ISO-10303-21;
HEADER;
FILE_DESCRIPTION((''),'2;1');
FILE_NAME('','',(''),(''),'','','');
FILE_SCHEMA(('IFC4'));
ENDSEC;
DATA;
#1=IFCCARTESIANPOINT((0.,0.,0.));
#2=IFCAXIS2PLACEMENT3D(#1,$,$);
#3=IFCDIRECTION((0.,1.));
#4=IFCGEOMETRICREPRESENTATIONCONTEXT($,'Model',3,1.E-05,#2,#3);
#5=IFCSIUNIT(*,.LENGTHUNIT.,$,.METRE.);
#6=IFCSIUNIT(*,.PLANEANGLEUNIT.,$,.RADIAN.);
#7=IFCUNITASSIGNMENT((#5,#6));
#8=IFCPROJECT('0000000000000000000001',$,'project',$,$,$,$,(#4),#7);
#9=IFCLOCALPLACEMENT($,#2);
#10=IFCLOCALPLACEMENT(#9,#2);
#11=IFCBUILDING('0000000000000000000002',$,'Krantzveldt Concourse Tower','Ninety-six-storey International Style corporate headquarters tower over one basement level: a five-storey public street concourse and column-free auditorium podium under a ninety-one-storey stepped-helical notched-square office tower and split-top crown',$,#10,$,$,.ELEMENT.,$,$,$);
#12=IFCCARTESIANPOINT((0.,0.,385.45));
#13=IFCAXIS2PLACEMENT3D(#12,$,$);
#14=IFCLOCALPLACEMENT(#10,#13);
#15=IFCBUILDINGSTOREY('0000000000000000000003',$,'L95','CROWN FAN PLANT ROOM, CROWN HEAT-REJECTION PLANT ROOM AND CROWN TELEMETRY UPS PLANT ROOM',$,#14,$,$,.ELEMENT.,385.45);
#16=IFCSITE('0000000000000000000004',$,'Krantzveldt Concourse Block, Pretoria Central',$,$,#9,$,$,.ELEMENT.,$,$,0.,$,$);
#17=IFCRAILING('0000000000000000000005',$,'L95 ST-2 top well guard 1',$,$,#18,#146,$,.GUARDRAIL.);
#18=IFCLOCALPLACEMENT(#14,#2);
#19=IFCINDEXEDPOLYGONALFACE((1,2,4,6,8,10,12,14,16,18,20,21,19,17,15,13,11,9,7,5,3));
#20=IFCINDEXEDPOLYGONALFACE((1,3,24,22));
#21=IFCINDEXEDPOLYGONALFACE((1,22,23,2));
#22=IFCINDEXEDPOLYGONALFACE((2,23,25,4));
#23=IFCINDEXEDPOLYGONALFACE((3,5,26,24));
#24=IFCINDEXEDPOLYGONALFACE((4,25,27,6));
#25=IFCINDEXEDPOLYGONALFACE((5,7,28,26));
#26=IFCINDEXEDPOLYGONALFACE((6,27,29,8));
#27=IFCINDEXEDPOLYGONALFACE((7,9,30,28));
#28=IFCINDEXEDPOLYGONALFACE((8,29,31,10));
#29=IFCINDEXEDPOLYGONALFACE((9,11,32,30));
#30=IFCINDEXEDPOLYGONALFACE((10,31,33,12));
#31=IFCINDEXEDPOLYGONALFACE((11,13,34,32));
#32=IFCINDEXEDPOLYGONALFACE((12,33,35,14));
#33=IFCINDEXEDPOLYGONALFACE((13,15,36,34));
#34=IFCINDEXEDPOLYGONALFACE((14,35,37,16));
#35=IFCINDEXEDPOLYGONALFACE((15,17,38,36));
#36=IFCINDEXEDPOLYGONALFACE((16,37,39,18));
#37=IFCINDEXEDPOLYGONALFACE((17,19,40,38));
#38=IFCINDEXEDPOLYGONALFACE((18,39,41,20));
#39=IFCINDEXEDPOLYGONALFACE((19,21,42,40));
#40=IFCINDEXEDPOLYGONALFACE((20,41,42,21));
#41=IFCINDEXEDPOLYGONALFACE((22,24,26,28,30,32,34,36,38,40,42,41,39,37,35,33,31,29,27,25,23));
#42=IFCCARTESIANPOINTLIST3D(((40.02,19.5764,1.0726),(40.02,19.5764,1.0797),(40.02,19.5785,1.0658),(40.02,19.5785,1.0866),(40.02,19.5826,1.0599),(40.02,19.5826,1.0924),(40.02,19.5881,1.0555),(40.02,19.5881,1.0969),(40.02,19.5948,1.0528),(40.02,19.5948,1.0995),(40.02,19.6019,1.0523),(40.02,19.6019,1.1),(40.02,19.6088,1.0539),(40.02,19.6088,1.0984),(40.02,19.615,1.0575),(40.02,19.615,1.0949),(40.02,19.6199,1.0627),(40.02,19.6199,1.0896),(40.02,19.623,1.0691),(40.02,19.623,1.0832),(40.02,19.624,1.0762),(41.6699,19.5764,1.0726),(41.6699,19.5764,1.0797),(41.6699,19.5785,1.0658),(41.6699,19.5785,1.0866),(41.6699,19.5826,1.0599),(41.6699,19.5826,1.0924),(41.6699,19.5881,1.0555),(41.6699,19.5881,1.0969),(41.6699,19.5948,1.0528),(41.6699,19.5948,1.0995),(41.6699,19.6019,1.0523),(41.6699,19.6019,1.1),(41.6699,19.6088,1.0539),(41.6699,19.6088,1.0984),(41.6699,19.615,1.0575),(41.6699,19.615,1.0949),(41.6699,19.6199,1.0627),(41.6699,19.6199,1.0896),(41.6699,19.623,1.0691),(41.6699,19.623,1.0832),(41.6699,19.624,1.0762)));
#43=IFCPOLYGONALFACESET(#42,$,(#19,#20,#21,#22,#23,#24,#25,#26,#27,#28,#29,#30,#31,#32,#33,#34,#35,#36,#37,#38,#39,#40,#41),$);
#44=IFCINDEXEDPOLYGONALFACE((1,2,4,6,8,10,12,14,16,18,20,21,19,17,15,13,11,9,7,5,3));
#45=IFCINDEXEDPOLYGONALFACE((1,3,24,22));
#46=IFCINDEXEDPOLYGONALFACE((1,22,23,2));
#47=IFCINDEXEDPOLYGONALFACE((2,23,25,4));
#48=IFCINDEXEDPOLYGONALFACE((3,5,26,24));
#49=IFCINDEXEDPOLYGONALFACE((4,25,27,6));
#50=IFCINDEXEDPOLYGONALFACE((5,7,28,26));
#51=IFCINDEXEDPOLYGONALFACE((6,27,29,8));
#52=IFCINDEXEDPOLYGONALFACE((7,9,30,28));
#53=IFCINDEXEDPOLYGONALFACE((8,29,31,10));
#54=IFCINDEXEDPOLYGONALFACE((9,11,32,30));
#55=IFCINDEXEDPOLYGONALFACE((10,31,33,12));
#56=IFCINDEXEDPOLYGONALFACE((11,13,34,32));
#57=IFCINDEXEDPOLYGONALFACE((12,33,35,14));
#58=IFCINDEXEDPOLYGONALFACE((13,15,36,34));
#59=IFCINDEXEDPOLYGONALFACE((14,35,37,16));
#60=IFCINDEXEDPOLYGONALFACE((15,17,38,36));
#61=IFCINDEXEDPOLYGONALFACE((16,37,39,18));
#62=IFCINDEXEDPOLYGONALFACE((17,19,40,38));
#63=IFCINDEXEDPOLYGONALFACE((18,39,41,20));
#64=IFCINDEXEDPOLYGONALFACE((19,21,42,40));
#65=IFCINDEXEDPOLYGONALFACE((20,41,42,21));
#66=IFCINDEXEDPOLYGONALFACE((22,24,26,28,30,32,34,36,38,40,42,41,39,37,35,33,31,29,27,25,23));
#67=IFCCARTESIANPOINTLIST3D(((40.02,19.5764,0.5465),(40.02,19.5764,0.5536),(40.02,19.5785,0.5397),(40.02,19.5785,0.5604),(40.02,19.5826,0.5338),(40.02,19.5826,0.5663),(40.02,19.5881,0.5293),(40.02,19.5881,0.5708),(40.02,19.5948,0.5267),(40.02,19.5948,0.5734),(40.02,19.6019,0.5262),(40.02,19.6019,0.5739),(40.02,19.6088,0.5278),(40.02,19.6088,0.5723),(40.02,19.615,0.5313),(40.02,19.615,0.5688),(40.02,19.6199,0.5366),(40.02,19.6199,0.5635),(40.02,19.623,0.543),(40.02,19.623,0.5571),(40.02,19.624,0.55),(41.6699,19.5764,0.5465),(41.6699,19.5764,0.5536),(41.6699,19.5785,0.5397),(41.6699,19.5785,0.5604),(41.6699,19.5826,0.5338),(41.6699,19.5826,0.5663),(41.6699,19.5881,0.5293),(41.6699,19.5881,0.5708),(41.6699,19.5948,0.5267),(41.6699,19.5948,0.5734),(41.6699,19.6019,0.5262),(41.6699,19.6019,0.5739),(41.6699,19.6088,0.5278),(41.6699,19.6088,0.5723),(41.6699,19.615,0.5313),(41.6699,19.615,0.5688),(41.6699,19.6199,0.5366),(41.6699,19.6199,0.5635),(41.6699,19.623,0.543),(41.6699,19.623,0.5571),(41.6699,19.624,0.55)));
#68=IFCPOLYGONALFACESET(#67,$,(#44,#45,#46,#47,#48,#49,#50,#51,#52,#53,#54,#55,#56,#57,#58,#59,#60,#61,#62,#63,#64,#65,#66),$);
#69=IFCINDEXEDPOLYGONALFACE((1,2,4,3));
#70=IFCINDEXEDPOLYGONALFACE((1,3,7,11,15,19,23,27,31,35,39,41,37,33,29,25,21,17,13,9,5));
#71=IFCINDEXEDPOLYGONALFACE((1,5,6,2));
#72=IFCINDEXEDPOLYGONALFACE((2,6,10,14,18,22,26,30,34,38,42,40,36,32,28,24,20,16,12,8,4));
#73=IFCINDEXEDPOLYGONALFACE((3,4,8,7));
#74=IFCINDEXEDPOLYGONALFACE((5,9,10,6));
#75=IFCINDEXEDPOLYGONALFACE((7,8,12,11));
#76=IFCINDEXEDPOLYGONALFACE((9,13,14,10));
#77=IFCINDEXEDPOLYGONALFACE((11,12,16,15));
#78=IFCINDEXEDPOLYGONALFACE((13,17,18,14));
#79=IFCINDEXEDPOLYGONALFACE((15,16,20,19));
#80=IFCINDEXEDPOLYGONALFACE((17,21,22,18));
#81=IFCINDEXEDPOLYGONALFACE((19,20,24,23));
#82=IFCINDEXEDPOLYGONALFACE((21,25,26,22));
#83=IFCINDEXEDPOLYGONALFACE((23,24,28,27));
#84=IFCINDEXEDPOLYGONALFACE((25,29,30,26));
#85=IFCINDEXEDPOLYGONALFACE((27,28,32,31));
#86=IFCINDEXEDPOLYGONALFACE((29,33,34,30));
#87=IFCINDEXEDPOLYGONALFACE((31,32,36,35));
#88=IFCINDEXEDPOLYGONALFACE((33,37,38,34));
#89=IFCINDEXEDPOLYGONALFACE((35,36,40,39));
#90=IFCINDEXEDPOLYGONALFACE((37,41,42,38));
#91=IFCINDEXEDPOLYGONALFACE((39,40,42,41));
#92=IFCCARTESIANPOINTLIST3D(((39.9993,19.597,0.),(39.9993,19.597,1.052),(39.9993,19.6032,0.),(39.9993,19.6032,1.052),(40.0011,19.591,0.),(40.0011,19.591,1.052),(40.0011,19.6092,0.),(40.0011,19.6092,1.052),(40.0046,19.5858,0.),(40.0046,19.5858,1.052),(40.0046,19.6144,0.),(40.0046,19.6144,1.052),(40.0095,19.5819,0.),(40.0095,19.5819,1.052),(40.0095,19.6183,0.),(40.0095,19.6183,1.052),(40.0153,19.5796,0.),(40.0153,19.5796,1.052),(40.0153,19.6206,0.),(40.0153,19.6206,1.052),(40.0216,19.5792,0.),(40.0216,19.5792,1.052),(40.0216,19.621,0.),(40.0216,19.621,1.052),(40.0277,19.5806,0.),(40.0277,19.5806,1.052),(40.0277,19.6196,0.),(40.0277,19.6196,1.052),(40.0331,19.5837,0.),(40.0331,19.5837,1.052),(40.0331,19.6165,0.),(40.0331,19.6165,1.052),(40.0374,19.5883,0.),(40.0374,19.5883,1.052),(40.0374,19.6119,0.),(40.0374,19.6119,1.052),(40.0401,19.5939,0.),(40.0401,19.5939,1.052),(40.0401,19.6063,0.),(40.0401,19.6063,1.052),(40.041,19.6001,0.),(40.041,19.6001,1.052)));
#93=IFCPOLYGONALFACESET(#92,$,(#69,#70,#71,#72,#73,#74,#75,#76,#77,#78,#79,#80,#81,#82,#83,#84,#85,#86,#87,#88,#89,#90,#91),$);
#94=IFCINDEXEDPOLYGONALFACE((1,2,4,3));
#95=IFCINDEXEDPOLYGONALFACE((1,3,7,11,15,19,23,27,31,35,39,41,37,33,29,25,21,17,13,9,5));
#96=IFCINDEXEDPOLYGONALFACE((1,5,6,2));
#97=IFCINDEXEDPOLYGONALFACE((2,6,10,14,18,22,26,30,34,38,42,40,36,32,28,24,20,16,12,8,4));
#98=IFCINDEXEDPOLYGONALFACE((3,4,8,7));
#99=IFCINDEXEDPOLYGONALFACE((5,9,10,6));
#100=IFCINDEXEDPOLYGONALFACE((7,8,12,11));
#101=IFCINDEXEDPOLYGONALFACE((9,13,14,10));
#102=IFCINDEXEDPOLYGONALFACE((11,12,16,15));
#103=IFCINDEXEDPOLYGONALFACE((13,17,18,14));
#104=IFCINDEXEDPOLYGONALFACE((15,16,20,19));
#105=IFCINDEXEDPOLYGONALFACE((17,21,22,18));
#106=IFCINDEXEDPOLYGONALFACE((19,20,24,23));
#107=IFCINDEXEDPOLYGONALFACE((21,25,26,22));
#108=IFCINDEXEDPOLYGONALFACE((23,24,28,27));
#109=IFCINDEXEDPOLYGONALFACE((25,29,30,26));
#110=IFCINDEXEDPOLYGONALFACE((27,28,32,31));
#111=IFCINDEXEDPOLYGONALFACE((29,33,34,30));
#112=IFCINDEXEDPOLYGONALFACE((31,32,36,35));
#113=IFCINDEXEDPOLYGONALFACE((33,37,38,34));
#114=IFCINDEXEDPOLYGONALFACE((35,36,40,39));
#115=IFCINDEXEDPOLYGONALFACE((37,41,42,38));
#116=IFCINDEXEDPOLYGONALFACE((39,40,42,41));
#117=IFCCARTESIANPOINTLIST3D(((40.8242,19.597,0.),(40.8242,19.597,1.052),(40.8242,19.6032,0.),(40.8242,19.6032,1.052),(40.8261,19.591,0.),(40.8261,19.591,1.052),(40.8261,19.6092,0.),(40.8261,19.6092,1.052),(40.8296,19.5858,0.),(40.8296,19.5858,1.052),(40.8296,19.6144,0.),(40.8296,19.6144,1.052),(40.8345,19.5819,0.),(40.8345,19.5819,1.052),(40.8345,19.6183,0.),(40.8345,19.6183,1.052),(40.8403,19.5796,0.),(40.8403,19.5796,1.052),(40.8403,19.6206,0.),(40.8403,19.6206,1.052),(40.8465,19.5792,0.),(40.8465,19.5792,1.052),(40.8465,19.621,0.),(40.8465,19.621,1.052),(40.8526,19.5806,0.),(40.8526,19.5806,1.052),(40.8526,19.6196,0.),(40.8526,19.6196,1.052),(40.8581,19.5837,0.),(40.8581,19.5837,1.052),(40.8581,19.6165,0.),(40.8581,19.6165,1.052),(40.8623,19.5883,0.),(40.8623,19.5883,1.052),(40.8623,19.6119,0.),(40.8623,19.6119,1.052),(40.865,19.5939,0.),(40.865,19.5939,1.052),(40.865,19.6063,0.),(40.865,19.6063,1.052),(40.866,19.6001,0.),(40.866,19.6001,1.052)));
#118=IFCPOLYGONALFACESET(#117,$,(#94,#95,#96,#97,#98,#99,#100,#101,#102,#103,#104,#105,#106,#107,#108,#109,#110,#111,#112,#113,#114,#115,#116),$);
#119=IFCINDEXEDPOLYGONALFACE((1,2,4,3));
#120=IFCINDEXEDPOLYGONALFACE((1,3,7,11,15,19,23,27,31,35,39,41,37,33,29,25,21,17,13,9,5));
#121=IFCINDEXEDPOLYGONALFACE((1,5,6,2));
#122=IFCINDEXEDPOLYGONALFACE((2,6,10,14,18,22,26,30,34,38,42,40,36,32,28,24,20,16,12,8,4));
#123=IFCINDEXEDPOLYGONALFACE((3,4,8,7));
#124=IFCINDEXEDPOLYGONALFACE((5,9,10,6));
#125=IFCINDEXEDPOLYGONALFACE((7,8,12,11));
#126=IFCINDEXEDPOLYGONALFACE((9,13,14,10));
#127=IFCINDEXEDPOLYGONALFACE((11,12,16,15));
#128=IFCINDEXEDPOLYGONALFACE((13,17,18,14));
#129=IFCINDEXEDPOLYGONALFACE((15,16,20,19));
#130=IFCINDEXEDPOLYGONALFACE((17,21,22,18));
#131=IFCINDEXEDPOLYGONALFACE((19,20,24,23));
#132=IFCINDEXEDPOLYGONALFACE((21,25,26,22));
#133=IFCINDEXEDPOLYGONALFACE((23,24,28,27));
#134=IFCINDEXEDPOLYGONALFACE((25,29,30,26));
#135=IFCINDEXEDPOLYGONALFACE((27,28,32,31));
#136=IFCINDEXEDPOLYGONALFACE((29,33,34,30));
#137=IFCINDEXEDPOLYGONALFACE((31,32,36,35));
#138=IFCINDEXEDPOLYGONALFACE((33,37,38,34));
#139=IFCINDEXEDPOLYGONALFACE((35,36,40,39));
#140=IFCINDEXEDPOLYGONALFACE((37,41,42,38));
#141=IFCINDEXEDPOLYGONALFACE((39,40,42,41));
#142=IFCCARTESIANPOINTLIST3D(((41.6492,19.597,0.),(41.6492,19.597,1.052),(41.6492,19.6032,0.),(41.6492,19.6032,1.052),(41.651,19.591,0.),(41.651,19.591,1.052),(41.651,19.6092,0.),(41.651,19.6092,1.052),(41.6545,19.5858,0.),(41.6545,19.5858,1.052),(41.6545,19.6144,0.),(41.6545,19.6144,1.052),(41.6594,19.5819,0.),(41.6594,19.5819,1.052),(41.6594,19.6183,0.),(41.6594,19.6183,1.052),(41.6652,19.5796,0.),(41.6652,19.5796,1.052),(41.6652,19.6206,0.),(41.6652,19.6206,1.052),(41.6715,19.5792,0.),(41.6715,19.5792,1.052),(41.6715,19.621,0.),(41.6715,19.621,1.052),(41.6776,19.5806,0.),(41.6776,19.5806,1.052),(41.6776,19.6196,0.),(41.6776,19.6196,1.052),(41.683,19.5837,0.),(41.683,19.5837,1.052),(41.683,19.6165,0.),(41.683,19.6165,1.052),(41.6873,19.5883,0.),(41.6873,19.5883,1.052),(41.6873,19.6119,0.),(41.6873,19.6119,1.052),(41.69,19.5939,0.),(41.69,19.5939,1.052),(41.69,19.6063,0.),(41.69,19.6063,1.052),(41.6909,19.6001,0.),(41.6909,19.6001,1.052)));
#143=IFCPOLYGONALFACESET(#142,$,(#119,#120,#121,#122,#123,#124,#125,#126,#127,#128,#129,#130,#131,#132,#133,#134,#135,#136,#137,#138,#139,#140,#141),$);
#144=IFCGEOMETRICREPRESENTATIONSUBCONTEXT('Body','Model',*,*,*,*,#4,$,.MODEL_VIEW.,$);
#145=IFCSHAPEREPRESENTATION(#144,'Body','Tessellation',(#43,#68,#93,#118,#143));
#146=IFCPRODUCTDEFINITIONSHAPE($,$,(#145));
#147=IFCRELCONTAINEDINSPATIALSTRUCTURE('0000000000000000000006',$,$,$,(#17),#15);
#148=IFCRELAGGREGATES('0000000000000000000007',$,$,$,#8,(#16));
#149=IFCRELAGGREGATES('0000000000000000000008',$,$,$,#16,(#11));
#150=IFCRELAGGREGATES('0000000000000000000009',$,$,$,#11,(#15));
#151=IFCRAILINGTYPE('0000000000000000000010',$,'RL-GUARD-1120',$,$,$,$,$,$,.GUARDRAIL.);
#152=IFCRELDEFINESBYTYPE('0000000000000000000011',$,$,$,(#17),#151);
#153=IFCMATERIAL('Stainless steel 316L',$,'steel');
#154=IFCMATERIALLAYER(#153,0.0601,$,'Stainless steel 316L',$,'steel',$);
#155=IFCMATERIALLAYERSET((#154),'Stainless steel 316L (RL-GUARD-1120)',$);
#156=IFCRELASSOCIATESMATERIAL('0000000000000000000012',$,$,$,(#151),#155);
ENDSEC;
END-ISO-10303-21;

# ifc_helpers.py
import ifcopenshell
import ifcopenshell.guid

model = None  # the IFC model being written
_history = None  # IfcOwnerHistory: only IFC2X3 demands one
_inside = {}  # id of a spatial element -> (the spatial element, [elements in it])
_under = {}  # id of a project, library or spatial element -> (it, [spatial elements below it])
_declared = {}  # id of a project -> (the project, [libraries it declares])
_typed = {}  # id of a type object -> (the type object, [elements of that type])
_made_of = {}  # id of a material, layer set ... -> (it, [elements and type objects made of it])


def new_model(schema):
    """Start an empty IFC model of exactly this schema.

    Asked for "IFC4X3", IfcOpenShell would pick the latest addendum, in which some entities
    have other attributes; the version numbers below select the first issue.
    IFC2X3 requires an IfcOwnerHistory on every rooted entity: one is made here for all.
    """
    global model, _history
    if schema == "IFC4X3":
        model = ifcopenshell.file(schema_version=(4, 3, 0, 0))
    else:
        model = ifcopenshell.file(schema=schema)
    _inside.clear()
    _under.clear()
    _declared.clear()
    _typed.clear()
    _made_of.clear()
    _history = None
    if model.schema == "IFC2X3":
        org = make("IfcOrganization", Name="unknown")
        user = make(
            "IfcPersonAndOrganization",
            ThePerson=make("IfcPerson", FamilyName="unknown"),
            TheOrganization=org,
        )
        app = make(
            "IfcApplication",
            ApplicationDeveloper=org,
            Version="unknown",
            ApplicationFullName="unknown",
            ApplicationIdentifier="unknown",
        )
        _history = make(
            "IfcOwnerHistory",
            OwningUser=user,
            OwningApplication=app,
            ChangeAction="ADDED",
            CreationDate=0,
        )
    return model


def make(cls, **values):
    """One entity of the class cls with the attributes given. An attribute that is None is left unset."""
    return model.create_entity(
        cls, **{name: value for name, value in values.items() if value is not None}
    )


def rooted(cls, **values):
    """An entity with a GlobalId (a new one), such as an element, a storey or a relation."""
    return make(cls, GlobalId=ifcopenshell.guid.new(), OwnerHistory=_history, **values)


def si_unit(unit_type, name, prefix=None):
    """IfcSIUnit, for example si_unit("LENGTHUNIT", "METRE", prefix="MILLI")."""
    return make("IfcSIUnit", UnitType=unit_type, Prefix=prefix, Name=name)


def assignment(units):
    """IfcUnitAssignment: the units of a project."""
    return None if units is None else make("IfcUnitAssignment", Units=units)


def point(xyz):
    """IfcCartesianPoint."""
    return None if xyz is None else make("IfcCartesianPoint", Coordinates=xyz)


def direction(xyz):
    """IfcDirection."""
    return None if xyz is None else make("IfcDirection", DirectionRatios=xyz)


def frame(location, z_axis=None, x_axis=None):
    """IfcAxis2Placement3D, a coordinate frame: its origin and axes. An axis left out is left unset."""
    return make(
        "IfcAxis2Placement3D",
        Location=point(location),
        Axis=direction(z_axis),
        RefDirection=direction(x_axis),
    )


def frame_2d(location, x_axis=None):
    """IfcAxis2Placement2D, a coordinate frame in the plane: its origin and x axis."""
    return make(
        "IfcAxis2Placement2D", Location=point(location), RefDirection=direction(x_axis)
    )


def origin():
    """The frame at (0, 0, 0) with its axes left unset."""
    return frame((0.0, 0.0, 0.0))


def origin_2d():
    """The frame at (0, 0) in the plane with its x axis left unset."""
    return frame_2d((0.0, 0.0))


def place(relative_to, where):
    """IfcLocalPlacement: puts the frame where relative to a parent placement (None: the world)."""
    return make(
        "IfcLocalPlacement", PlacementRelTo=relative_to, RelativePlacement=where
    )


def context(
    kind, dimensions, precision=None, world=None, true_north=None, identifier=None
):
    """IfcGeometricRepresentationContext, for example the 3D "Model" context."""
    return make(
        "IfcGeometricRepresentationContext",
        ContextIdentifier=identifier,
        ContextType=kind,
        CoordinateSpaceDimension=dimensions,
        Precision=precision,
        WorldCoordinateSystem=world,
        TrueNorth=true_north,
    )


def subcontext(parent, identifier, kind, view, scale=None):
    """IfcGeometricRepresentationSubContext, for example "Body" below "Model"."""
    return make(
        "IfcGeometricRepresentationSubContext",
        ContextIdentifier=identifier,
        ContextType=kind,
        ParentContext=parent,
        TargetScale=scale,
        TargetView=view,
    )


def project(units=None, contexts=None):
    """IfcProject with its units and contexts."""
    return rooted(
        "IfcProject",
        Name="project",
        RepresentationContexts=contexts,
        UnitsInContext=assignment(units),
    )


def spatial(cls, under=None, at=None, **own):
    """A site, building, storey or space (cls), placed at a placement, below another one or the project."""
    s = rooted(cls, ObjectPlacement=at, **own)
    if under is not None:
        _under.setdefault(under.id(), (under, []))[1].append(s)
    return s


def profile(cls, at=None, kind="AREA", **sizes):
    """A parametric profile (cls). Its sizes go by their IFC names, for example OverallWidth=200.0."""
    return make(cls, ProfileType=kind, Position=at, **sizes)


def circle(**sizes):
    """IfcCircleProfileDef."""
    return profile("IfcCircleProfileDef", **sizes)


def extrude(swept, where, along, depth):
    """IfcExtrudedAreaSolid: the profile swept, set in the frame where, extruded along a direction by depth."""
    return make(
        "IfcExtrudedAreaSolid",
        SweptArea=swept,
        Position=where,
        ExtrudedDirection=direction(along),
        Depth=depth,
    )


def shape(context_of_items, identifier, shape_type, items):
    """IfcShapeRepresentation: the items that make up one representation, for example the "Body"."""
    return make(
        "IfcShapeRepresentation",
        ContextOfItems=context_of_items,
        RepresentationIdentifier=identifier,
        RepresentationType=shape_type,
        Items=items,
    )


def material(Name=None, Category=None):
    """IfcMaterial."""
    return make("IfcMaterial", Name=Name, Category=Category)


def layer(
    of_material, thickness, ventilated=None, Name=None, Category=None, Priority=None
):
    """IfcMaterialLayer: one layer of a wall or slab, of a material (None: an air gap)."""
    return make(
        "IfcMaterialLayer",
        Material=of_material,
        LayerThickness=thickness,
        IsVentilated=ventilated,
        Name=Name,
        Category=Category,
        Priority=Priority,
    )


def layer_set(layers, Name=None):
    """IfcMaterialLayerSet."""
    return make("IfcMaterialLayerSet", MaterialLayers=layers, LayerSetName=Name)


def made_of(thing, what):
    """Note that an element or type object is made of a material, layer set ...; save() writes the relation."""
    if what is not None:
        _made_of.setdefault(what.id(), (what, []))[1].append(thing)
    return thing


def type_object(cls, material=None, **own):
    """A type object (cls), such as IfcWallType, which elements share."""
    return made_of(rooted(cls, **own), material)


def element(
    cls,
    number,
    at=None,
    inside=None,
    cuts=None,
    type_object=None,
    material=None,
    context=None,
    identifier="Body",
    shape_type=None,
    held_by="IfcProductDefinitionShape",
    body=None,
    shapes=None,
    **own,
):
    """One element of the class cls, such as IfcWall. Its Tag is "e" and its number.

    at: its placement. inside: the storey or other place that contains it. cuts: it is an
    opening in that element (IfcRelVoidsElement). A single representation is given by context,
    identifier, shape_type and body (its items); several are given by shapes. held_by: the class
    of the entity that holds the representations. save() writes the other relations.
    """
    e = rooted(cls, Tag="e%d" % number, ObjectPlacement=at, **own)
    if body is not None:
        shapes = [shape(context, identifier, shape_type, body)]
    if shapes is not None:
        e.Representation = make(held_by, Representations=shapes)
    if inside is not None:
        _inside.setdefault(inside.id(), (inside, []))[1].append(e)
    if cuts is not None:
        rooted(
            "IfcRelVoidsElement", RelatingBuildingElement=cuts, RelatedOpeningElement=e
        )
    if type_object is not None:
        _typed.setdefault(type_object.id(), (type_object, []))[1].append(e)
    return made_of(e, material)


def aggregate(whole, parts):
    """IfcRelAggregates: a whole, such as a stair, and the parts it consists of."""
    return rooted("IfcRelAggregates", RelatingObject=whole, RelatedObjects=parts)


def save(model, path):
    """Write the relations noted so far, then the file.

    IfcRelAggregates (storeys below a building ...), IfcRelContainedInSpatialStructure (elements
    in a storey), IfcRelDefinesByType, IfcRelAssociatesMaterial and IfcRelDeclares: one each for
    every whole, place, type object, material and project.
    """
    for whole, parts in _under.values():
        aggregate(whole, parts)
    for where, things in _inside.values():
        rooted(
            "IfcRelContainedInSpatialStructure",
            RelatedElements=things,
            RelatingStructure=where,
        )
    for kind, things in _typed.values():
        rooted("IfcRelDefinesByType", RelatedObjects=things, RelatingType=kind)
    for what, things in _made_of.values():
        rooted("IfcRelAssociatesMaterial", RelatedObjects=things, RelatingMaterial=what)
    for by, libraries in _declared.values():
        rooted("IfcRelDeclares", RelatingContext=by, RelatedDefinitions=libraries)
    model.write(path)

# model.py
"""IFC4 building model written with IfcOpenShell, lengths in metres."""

from ifc_helpers import new_model, si_unit, direction, frame, origin, origin_2d, place, context, subcontext, project, spatial, circle, extrude, material, layer, layer_set, type_object, element, save


model = new_model("IFC4")

# Units and contexts
model_context = context("Model", 3, precision=1e-05, world=origin(), true_north=direction((0.0, 1.0)))
body_context = subcontext(model_context, "Body", "Model", "MODEL_VIEW")
ifc_project = project(units=[si_unit("LENGTHUNIT", "METRE"), si_unit("PLANEANGLEUNIT", "RADIAN")], contexts=[model_context])

# Site, building, storey
site_placement = place(None, origin())
site = spatial("IfcSite", under=ifc_project, at=site_placement, Name="Krantzveldt Concourse Block, Pretoria Central", CompositionType="ELEMENT", RefElevation=0.0)
building_placement = place(site_placement, origin())
building = spatial("IfcBuilding", under=site, at=building_placement, Name="Krantzveldt Concourse Tower", Description="Ninety-six-storey International Style corporate headquarters tower over one basement level: a five-storey public street concourse and column-free auditorium podium under a ninety-one-storey stepped-helical notched-square office tower and split-top crown", CompositionType="ELEMENT")
storey_placement = place(building_placement, frame((0.0, 0.0, 385.45)))
storey = spatial("IfcBuildingStorey", under=building, at=storey_placement, Name="L95", Description="CROWN FAN PLANT ROOM, CROWN HEAT-REJECTION PLANT ROOM AND CROWN TELEMETRY UPS PLANT ROOM", CompositionType="ELEMENT", Elevation=385.45)

# Railing
ifc_material_1 = material(Name="Stainless steel 316L", Category="steel")
ifc_layer_1 = layer(ifc_material_1, 0.0601, Name="Stainless steel 316L", Category="steel")
ifc_layer_set_1 = layer_set([ifc_layer_1], Name="Stainless steel 316L (RL-GUARD-1120)")
railing_type = type_object("IfcRailingType", Name="RL-GUARD-1120", PredefinedType="GUARDRAIL", material=ifc_layer_set_1)
railing_placement = place(storey_placement, frame((40.02, 19.6001, 0.0)))
element("IfcRailing", 1, at=railing_placement, inside=storey, type_object=railing_type, Name="L95 ST-2 top well guard 1", PredefinedType="GUARDRAIL", context=body_context, shape_type="SweptSolid", body=[
    extrude(circle(Radius=0.0239, at=origin_2d()), frame((0.0, 0.0, 1.0762), z_axis=(1.0, 0.0, 0.0), x_axis=(0.0, 1.0, 0.0)), (0.0, 0.0, 1.0), 1.6499),
    extrude(circle(Radius=0.0239, at=origin_2d()), frame((0.0, 0.0, 0.55), z_axis=(1.0, 0.0, 0.0), x_axis=(0.0, 1.0, 0.0)), (0.0, 0.0, 1.0), 1.6499),
    extrude(circle(Radius=0.021, at=origin_2d()), origin(), (0.0, 0.0, 1.0), 1.052),
    extrude(circle(Radius=0.021, at=origin_2d()), frame((0.825, 0.0, 0.0)), (0.0, 0.0, 1.0), 1.052),
    extrude(circle(Radius=0.021, at=origin_2d()), frame((1.6499, 0.0, 0.0)), (0.0, 0.0, 1.0), 1.052),
])

save(model, "model.ifc")
